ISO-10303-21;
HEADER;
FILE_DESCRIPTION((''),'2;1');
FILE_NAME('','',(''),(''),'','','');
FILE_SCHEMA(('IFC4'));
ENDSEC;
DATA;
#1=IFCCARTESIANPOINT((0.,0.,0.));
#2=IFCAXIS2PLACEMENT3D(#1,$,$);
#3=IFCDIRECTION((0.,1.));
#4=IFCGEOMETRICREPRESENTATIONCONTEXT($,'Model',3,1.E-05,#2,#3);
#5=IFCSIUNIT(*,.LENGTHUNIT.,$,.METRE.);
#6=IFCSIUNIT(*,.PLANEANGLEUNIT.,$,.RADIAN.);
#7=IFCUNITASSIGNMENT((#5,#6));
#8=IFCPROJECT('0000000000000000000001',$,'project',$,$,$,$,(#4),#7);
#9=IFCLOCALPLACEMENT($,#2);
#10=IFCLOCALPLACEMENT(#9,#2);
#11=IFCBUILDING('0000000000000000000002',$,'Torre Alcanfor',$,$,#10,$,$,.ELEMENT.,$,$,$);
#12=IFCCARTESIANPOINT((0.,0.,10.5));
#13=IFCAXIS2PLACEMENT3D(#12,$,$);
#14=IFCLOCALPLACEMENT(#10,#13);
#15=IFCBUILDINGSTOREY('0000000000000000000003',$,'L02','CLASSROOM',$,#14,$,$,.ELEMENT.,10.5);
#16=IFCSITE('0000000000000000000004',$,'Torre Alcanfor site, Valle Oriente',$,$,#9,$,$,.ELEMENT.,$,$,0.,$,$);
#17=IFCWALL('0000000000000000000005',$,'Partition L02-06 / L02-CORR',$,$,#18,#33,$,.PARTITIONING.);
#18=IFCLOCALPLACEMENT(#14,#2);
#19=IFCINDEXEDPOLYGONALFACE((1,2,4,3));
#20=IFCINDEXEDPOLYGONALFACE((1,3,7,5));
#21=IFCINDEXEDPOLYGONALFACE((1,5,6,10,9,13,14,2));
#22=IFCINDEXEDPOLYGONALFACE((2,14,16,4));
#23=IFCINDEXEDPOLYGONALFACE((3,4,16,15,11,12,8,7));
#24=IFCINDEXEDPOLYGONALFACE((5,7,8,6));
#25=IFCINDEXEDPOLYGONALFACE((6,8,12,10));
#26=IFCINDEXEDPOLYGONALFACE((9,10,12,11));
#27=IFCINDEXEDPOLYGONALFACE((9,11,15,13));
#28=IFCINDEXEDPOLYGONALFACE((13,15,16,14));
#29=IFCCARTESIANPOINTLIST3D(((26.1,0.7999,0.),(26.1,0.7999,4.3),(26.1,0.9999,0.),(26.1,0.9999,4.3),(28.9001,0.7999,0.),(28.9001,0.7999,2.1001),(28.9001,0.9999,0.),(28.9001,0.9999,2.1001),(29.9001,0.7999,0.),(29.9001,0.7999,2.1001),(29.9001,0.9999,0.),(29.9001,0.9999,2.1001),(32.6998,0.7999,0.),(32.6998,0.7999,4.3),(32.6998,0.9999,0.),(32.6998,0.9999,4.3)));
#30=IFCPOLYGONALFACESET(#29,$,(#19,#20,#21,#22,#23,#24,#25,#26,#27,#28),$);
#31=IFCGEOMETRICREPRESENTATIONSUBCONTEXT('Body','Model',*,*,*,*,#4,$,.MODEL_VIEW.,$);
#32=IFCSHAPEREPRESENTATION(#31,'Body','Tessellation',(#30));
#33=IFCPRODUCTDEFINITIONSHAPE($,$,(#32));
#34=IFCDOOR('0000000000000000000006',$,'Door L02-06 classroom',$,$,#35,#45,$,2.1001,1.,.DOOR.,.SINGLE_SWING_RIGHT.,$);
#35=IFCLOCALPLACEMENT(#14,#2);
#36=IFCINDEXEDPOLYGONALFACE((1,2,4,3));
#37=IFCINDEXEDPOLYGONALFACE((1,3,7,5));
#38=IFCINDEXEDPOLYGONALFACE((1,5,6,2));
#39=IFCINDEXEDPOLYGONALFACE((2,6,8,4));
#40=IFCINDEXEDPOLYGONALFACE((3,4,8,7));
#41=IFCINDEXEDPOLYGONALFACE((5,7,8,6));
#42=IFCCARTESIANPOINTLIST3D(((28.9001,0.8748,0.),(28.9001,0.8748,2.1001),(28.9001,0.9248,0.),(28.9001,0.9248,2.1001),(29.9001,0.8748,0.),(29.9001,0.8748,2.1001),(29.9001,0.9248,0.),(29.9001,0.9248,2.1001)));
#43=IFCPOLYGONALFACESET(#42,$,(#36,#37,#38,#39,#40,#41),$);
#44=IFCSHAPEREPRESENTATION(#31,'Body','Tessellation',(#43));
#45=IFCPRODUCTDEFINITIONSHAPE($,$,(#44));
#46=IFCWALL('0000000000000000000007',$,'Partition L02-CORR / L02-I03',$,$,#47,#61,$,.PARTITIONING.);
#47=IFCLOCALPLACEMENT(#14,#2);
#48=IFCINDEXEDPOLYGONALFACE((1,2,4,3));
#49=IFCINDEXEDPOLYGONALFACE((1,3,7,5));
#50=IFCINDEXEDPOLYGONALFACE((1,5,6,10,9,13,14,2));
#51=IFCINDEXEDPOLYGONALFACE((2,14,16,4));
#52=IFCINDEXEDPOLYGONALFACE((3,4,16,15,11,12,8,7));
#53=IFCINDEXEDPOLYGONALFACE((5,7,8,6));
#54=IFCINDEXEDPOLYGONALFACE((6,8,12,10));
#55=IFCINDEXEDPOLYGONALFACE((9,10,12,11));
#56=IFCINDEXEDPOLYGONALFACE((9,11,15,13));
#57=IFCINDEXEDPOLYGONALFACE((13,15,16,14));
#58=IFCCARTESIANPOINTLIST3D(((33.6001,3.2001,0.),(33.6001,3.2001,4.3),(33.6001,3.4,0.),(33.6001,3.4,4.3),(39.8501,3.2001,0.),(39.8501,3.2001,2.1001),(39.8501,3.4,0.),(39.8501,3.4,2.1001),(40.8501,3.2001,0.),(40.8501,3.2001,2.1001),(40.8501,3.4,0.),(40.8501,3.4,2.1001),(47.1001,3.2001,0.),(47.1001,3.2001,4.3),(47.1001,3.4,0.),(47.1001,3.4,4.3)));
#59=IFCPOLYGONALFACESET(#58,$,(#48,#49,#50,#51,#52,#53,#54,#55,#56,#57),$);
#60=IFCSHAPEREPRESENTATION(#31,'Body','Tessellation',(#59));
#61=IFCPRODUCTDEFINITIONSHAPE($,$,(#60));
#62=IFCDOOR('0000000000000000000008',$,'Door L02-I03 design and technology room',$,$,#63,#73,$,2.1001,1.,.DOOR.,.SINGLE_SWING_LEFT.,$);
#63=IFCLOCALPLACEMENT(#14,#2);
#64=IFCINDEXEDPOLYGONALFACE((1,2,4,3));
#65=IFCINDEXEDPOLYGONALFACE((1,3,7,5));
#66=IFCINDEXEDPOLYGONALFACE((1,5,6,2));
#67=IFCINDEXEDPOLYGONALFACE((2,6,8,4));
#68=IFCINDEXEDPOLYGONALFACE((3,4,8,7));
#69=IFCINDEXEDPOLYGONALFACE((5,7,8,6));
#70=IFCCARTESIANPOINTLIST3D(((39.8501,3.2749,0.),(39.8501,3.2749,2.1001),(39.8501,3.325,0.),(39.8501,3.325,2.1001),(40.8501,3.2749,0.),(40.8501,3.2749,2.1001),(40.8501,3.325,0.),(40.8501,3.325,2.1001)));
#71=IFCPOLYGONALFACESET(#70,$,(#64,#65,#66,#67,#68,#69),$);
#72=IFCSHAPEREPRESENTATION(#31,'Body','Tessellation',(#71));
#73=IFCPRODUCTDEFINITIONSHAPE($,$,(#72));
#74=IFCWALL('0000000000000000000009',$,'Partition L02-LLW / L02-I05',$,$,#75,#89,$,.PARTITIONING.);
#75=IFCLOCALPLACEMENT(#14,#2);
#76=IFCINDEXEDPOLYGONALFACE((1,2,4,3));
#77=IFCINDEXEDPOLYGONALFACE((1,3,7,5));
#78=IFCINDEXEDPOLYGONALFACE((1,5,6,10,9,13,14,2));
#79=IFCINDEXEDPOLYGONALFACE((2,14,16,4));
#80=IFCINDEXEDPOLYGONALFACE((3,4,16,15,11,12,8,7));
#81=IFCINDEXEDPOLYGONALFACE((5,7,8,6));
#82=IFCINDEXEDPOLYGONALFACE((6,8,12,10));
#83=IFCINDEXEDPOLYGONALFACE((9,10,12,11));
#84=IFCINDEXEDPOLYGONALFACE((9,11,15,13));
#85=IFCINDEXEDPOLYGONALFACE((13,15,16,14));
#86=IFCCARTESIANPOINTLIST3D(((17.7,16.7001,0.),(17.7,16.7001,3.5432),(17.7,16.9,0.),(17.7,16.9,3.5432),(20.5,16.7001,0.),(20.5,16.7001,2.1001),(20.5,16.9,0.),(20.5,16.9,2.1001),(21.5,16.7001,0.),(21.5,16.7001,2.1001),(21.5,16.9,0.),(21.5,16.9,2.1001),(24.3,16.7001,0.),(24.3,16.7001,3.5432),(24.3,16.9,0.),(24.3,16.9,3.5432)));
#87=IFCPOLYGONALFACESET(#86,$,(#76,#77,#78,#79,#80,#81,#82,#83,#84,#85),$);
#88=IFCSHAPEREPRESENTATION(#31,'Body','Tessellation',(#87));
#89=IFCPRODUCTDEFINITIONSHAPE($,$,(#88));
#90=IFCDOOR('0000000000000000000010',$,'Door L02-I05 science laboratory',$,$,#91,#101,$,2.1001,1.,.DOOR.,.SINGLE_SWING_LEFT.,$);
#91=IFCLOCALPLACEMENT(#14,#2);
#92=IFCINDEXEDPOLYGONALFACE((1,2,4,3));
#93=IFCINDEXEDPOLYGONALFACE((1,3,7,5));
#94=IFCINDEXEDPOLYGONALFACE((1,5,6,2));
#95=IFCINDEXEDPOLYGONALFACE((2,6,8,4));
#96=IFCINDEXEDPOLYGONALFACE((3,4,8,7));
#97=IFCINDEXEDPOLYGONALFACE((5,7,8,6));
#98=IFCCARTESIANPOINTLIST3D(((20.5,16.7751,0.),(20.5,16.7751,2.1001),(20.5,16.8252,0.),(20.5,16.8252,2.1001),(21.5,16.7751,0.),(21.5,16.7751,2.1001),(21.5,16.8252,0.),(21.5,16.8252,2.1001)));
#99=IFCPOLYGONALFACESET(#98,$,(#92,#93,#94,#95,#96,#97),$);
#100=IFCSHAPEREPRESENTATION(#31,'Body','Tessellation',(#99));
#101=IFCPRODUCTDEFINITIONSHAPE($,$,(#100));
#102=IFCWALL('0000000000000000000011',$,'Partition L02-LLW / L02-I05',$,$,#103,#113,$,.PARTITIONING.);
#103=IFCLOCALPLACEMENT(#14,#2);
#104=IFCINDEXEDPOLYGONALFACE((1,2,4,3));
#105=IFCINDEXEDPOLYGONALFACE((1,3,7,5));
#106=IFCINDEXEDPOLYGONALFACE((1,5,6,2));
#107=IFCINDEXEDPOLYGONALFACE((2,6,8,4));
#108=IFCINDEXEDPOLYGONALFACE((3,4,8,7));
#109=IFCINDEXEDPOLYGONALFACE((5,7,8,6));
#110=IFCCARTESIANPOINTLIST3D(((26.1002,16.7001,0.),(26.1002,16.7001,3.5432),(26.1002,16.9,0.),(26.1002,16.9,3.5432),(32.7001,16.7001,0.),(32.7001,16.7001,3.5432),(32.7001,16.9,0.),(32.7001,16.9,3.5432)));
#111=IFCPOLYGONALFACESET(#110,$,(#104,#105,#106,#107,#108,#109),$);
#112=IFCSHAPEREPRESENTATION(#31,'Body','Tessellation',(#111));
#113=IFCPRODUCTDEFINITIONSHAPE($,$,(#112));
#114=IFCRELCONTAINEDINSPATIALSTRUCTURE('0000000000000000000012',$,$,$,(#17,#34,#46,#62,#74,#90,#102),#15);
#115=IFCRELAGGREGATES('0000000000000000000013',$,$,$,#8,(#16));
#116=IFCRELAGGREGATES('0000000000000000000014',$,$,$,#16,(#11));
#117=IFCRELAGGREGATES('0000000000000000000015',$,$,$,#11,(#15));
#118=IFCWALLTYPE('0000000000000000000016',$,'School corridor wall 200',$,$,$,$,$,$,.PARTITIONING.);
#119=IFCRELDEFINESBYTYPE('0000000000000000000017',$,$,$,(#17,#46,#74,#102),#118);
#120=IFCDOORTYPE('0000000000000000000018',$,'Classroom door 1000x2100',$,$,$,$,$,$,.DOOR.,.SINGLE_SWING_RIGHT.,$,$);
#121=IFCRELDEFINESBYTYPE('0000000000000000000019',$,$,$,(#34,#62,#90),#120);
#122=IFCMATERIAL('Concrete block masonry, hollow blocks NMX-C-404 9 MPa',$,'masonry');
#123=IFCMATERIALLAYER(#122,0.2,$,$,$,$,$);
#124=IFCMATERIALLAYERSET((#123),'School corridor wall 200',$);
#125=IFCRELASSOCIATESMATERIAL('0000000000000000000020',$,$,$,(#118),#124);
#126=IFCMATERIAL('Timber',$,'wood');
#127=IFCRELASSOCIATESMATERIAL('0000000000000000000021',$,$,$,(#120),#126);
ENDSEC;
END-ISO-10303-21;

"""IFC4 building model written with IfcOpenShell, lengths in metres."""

from ifc_helpers import new_model, si_unit, direction, frame, frame_2d, origin, place, context, subcontext, project, spatial, rectangle, extrude, material, layer, layer_set, type_object, element, fill, save


model = new_model("IFC4")

# Units and contexts
model_context = context("Model", 3, precision=1e-05, world=origin(), true_north=direction((0.0, 1.0)))
body_context = subcontext(model_context, "Body", "Model", "MODEL_VIEW")
ifc_project = project(units=[si_unit("LENGTHUNIT", "METRE"), si_unit("PLANEANGLEUNIT", "RADIAN")], contexts=[model_context])

# Site, building, storey
site_placement = place(None, origin())
site = spatial("IfcSite", under=ifc_project, at=site_placement, Name="Torre Alcanfor site, Valle Oriente", CompositionType="ELEMENT", RefElevation=0.0)
building_placement = place(site_placement, origin())
building = spatial("IfcBuilding", under=site, at=building_placement, Name="Torre Alcanfor", CompositionType="ELEMENT")
storey_placement = place(building_placement, frame((0.0, 0.0, 10.5)))
storey = spatial("IfcBuildingStorey", under=building, at=storey_placement, Name="L02", Description="CLASSROOM", CompositionType="ELEMENT", Elevation=10.5)

# Walls, openings, doors
ifc_material_1 = material(Name="Concrete block masonry, hollow blocks NMX-C-404 9 MPa", Category="masonry")
ifc_layer_1 = layer(ifc_material_1, 0.2)
ifc_layer_set_1 = layer_set([ifc_layer_1], Name="School corridor wall 200")
wall_type_1 = type_object("IfcWallType", Name="School corridor wall 200", PredefinedType="PARTITIONING", material=ifc_layer_set_1)
wall_1_placement = place(storey_placement, frame((26.1001, 0.8999, 0.0), z_axis=(0.0, 0.0, 1.0), x_axis=(1.0, 0.0, 0.0)))
wall_1 = element("IfcWall", 1, at=wall_1_placement, inside=storey, type_object=wall_type_1, Name="Partition L02-06 / L02-CORR", PredefinedType="PARTITIONING", context=body_context, shape_type="SweptSolid", body=[
    extrude(rectangle(XDim=6.5999, YDim=0.2, at=frame_2d((3.2998, 0.0))), origin(), (0.0, 0.0, 1.0), 4.3),
])
opening_1_placement = place(wall_1_placement, frame((2.8, 0.0, 0.0)))
opening_1 = element("IfcOpeningElement", 2, at=opening_1_placement, cuts=wall_1, PredefinedType="OPENING", context=body_context, shape_type="SweptSolid", body=[
    extrude(rectangle(XDim=1.0, YDim=2.1001, at=frame_2d((0.5, 1.05))), frame((0.0, 0.1099, 0.0), z_axis=(0.0, -1.0, 0.0), x_axis=(1.0, 0.0, 0.0)), (0.0, 0.0, 1.0), 0.22),
])
ifc_material_2 = material(Name="Timber", Category="wood")
door_type = type_object("IfcDoorType", Name="Classroom door 1000x2100", OperationType="SINGLE_SWING_RIGHT", PredefinedType="DOOR", material=ifc_material_2)
door_1_placement = place(opening_1_placement, frame((1.0, 0.0, 0.0), z_axis=(0.0, 0.0, 1.0), x_axis=(-1.0, 0.0, 0.0)))
door_1 = element("IfcDoor", 3, at=door_1_placement, inside=storey, type_object=door_type, Name="Door L02-06 classroom", OperationType="SINGLE_SWING_RIGHT", OverallHeight=2.1001, OverallWidth=1.0, PredefinedType="DOOR", context=body_context, shape_type="SweptSolid", body=[
    extrude(rectangle(XDim=1.0, YDim=2.1001, at=frame_2d((0.5, 1.05))), frame((0.0, 0.0251, 0.0), z_axis=(0.0, -1.0, 0.0), x_axis=(1.0, 0.0, 0.0)), (0.0, 0.0, 1.0), 0.05),
])
fill(opening_1, door_1)
wall_2_placement = place(storey_placement, frame((33.6001, 3.3, 0.0), z_axis=(0.0, 0.0, 1.0), x_axis=(1.0, 0.0, 0.0)))
wall_2 = element("IfcWall", 4, at=wall_2_placement, inside=storey, type_object=wall_type_1, Name="Partition L02-CORR / L02-I03", PredefinedType="PARTITIONING", context=body_context, shape_type="SweptSolid", body=[
    extrude(rectangle(XDim=13.5, YDim=0.2, at=frame_2d((6.75, 0.0))), origin(), (0.0, 0.0, 1.0), 4.3),
])
opening_2_placement = place(wall_2_placement, frame((6.25, 0.0, 0.0)))
opening_2 = element("IfcOpeningElement", 5, at=opening_2_placement, cuts=wall_2, PredefinedType="OPENING", context=body_context, shape_type="SweptSolid", body=[
    extrude(rectangle(XDim=1.0, YDim=2.1001, at=frame_2d((0.5, 1.05))), frame((0.0, 0.1099, 0.0), z_axis=(0.0, -1.0, 0.0), x_axis=(1.0, 0.0, 0.0)), (0.0, 0.0, 1.0), 0.22),
])
door_2_placement = place(opening_2_placement, origin())
door_2 = element("IfcDoor", 6, at=door_2_placement, inside=storey, type_object=door_type, Name="Door L02-I03 design and technology room", OperationType="SINGLE_SWING_LEFT", OverallHeight=2.1001, OverallWidth=1.0, PredefinedType="DOOR", context=body_context, shape_type="SweptSolid", body=[
    extrude(rectangle(XDim=1.0, YDim=2.1001, at=frame_2d((0.5, 1.05))), frame((0.0, 0.0249, 0.0), z_axis=(0.0, -1.0, 0.0), x_axis=(1.0, 0.0, 0.0)), (0.0, 0.0, 1.0), 0.05),
])
fill(opening_2, door_2)
wall_3_placement = place(storey_placement, frame((24.3, 16.8, 0.0), z_axis=(0.0, 0.0, 1.0), x_axis=(-1.0, 0.0, 0.0)))
wall_3 = element("IfcWall", 7, at=wall_3_placement, inside=storey, type_object=wall_type_1, Name="Partition L02-LLW / L02-I05", PredefinedType="PARTITIONING", context=body_context, shape_type="SweptSolid", body=[
    extrude(rectangle(XDim=6.6001, YDim=0.2, at=frame_2d((3.3, 0.0))), origin(), (0.0, 0.0, 1.0), 3.5432),
])
opening_3_placement = place(wall_3_placement, frame((2.8, 0.0, 0.0)))
opening_3 = element("IfcOpeningElement", 8, at=opening_3_placement, cuts=wall_3, PredefinedType="OPENING", context=body_context, shape_type="SweptSolid", body=[
    extrude(rectangle(XDim=1.0, YDim=2.1001, at=frame_2d((0.5, 1.05))), frame((0.0, 0.1099, 0.0), z_axis=(0.0, -1.0, 0.0), x_axis=(1.0, 0.0, 0.0)), (0.0, 0.0, 1.0), 0.22),
])
door_3_placement = place(opening_3_placement, origin())
door_3 = element("IfcDoor", 9, at=door_3_placement, inside=storey, type_object=door_type, Name="Door L02-I05 science laboratory", OperationType="SINGLE_SWING_LEFT", OverallHeight=2.1001, OverallWidth=1.0, PredefinedType="DOOR", context=body_context, shape_type="SweptSolid", body=[
    extrude(rectangle(XDim=1.0, YDim=2.1001, at=frame_2d((0.5, 1.05))), frame((0.0, 0.0249, 0.0), z_axis=(0.0, -1.0, 0.0), x_axis=(1.0, 0.0, 0.0)), (0.0, 0.0, 1.0), 0.05),
])
fill(opening_3, door_3)

# Wall
wall_4_placement = place(storey_placement, frame((32.7, 16.8, 0.0), z_axis=(0.0, 0.0, 1.0), x_axis=(-1.0, 0.0, 0.0)))
element("IfcWall", 10, at=wall_4_placement, inside=storey, type_object=wall_type_1, Name="Partition L02-LLW / L02-I05", PredefinedType="PARTITIONING", context=body_context, shape_type="SweptSolid", body=[
    extrude(rectangle(XDim=6.5999, YDim=0.2, at=frame_2d((3.2998, 0.0))), origin(), (0.0, 0.0, 1.0), 3.5432),
])

save(model, "model.ifc")
